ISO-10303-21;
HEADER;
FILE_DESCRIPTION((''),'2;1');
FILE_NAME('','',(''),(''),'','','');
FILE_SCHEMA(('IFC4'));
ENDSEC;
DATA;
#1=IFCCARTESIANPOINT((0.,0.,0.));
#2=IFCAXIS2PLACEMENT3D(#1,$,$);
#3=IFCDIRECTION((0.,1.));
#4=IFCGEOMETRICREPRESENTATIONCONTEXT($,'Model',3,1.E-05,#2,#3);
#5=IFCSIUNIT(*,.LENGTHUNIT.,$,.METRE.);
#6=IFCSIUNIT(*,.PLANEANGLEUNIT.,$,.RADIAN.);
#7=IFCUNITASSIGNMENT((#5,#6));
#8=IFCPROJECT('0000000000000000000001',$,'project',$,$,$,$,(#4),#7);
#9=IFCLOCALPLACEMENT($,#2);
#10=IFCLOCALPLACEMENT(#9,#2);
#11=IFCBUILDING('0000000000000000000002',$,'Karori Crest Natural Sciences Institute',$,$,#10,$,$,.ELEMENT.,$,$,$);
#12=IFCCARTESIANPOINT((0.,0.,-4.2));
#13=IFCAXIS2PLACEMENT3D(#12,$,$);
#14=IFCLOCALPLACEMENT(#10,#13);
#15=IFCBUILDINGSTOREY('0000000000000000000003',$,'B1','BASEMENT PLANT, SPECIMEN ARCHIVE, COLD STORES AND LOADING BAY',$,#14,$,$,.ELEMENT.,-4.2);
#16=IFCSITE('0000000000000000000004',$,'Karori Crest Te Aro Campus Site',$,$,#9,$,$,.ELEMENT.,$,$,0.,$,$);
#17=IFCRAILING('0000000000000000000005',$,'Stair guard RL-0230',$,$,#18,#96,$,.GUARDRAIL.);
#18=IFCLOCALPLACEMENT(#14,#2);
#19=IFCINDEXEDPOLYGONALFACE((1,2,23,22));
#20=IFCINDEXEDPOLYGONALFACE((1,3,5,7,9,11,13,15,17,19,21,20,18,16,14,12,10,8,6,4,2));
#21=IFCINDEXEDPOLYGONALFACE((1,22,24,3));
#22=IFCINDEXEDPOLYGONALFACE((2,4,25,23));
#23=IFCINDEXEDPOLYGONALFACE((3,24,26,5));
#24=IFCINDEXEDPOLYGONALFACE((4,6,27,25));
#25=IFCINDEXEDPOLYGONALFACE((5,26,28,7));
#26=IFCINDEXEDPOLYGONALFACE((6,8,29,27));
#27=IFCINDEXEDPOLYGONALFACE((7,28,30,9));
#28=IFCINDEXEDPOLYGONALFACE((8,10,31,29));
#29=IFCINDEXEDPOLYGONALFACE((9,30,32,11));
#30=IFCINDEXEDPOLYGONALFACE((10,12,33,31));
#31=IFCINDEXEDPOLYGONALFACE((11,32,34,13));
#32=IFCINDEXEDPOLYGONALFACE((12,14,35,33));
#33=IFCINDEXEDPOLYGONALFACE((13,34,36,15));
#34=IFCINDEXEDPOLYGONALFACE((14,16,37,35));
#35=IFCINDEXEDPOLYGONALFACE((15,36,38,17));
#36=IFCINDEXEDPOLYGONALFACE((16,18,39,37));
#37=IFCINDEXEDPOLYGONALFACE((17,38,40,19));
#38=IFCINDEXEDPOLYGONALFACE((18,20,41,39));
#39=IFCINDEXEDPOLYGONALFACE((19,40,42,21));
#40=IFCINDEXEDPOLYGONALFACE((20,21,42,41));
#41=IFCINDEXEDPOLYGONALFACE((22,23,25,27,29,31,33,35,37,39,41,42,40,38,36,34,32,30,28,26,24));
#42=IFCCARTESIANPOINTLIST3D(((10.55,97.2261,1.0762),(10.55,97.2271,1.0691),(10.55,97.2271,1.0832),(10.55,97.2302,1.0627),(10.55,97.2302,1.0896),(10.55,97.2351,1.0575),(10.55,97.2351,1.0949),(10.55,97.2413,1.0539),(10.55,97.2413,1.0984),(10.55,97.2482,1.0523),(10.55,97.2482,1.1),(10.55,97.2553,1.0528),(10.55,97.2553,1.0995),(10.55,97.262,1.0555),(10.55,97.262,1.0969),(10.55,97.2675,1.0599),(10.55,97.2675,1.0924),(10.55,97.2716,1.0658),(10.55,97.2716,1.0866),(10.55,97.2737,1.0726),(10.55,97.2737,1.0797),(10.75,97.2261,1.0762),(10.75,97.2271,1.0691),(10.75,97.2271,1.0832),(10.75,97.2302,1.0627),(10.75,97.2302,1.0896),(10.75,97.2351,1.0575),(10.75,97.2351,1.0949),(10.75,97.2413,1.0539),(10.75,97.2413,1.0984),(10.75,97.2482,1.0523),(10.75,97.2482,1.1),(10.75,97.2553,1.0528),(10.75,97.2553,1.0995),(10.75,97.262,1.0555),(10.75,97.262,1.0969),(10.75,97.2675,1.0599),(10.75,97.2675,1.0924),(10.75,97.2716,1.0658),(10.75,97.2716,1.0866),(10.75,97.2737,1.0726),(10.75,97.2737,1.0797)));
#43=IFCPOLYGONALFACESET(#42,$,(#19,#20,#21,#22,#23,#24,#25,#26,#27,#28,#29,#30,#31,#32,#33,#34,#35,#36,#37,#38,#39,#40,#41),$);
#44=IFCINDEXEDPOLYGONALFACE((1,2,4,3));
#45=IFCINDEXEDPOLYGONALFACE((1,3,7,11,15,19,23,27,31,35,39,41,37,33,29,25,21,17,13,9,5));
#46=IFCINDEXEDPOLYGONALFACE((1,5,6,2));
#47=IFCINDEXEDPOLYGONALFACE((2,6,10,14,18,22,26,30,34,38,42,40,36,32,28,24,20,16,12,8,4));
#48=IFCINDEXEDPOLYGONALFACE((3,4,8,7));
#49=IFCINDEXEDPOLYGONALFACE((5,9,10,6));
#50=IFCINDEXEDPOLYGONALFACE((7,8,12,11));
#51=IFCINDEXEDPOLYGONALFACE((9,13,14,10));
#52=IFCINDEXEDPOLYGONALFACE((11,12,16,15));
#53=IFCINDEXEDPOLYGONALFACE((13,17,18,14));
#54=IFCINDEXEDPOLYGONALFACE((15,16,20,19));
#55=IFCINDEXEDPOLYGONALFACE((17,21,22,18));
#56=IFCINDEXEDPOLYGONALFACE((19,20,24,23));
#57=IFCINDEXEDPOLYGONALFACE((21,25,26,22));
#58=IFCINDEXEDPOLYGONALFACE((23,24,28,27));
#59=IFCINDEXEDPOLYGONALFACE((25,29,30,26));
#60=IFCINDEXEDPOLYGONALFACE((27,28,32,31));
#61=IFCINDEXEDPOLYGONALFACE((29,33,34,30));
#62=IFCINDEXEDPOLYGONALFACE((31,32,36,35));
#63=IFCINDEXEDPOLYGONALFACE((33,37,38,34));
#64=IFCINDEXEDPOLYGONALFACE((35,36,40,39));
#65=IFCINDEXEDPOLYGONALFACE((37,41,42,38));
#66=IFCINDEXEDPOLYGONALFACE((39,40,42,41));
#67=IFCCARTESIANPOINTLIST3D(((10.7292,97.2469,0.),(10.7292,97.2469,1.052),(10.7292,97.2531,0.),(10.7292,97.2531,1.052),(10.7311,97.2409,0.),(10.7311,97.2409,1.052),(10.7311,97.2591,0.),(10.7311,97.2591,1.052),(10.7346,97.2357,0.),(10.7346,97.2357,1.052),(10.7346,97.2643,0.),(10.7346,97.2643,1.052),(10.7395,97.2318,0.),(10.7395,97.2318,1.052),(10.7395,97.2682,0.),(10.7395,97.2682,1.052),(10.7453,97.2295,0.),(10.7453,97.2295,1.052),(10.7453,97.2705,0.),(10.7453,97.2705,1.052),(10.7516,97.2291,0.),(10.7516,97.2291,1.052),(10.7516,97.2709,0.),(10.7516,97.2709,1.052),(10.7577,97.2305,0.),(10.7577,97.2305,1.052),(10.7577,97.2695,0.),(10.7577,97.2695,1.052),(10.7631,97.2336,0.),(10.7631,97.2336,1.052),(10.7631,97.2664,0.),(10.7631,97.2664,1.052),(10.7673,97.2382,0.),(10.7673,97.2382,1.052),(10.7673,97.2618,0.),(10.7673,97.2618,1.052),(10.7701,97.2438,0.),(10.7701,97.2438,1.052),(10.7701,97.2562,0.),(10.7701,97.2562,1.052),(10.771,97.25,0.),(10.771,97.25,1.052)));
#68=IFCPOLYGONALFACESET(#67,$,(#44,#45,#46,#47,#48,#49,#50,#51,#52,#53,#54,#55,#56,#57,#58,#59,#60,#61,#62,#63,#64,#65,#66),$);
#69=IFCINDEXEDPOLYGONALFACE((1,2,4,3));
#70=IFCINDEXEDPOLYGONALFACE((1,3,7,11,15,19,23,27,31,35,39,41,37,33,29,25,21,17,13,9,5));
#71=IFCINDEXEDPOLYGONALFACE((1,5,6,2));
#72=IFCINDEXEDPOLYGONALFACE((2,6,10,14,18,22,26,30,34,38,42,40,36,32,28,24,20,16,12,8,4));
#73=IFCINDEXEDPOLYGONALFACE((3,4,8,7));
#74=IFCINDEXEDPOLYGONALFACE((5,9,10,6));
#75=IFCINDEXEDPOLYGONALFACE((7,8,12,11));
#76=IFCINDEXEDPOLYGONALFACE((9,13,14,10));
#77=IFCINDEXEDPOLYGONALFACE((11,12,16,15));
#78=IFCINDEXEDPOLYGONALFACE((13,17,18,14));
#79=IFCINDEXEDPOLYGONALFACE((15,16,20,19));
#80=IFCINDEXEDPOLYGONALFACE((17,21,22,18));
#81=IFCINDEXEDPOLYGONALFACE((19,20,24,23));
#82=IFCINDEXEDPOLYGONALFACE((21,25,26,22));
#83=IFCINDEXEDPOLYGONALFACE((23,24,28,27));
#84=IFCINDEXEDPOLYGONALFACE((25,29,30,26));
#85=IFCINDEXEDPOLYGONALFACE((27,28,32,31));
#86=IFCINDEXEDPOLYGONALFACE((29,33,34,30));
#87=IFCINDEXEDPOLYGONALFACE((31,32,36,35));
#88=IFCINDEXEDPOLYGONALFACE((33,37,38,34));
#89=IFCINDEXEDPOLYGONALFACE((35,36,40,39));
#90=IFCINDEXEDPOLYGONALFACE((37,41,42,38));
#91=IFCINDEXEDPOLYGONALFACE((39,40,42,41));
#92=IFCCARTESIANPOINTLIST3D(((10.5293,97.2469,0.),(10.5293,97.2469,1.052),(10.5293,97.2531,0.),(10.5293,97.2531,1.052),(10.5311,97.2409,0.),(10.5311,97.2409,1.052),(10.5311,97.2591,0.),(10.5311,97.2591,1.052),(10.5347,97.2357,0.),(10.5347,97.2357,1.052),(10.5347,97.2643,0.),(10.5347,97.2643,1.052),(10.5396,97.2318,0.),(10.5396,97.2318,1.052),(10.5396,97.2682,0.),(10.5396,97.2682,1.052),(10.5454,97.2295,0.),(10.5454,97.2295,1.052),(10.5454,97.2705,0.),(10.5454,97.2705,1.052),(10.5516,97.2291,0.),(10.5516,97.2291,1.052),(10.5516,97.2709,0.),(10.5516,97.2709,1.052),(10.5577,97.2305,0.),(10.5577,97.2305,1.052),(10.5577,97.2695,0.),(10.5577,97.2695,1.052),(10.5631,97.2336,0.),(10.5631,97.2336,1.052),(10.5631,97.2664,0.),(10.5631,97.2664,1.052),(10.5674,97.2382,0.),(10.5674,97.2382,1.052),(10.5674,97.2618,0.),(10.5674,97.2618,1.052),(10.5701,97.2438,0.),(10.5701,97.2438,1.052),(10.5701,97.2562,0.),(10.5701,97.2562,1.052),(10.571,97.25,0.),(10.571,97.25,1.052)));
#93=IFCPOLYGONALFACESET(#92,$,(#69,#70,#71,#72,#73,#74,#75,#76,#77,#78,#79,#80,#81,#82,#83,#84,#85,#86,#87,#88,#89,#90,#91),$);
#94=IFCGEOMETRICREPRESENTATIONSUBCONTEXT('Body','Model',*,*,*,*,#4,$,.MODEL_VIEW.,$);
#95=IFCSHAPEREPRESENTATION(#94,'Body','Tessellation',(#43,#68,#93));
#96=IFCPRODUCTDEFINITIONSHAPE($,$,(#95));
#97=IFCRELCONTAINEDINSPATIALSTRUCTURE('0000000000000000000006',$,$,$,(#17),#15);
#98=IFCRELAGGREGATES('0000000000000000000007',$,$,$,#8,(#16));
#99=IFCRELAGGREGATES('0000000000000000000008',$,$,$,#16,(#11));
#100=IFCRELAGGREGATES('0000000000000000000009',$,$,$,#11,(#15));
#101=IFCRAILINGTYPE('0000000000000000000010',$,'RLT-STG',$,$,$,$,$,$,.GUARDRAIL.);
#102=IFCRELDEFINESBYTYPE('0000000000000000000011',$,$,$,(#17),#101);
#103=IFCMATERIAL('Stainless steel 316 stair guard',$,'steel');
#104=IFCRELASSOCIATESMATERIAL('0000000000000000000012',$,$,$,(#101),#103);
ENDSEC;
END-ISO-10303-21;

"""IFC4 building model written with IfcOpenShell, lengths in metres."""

from ifc_helpers import new_model, si_unit, direction, frame, origin, origin_2d, place, context, subcontext, project, spatial, circle, extrude, material, type_object, element, save


model = new_model("IFC4")

# Units and contexts
model_context = context("Model", 3, precision=1e-05, world=origin(), true_north=direction((0.0, 1.0)))
body_context = subcontext(model_context, "Body", "Model", "MODEL_VIEW")
ifc_project = project(units=[si_unit("LENGTHUNIT", "METRE"), si_unit("PLANEANGLEUNIT", "RADIAN")], contexts=[model_context])

# Site, building, storey
site_placement = place(None, origin())
site = spatial("IfcSite", under=ifc_project, at=site_placement, Name="Karori Crest Te Aro Campus Site", CompositionType="ELEMENT", RefElevation=0.0)
building_placement = place(site_placement, origin())
building = spatial("IfcBuilding", under=site, at=building_placement, Name="Karori Crest Natural Sciences Institute", CompositionType="ELEMENT")
storey_placement = place(building_placement, frame((0.0, 0.0, -4.2)))
storey = spatial("IfcBuildingStorey", under=building, at=storey_placement, Name="B1", Description="BASEMENT PLANT, SPECIMEN ARCHIVE, COLD STORES AND LOADING BAY", CompositionType="ELEMENT", Elevation=-4.2)

# Railing
ifc_material_1 = material(Name="Stainless steel 316 stair guard", Category="steel")
railing_type_1 = type_object("IfcRailingType", Name="RLT-STG", PredefinedType="GUARDRAIL", material=ifc_material_1)
railing_1_placement = place(storey_placement, frame((10.75, 97.25, 0.0)))
element("IfcRailing", 1, at=railing_1_placement, inside=storey, type_object=railing_type_1, Name="Stair guard RL-0230", PredefinedType="GUARDRAIL", context=body_context, shape_type="SweptSolid", body=[
    extrude(circle(Radius=0.0239, at=origin_2d()), frame((0.0, 0.0, 1.0762), z_axis=(-1.0, 0.0, 0.0), x_axis=(0.0, -1.0, 0.0)), (0.0, 0.0, 1.0), 0.2),
    extrude(circle(Radius=0.021, at=origin_2d()), origin(), (0.0, 0.0, 1.0), 1.052),
    extrude(circle(Radius=0.021, at=origin_2d()), frame((-0.2, 0.0, 0.0)), (0.0, 0.0, 1.0), 1.052),
])

save(model, "model.ifc")
